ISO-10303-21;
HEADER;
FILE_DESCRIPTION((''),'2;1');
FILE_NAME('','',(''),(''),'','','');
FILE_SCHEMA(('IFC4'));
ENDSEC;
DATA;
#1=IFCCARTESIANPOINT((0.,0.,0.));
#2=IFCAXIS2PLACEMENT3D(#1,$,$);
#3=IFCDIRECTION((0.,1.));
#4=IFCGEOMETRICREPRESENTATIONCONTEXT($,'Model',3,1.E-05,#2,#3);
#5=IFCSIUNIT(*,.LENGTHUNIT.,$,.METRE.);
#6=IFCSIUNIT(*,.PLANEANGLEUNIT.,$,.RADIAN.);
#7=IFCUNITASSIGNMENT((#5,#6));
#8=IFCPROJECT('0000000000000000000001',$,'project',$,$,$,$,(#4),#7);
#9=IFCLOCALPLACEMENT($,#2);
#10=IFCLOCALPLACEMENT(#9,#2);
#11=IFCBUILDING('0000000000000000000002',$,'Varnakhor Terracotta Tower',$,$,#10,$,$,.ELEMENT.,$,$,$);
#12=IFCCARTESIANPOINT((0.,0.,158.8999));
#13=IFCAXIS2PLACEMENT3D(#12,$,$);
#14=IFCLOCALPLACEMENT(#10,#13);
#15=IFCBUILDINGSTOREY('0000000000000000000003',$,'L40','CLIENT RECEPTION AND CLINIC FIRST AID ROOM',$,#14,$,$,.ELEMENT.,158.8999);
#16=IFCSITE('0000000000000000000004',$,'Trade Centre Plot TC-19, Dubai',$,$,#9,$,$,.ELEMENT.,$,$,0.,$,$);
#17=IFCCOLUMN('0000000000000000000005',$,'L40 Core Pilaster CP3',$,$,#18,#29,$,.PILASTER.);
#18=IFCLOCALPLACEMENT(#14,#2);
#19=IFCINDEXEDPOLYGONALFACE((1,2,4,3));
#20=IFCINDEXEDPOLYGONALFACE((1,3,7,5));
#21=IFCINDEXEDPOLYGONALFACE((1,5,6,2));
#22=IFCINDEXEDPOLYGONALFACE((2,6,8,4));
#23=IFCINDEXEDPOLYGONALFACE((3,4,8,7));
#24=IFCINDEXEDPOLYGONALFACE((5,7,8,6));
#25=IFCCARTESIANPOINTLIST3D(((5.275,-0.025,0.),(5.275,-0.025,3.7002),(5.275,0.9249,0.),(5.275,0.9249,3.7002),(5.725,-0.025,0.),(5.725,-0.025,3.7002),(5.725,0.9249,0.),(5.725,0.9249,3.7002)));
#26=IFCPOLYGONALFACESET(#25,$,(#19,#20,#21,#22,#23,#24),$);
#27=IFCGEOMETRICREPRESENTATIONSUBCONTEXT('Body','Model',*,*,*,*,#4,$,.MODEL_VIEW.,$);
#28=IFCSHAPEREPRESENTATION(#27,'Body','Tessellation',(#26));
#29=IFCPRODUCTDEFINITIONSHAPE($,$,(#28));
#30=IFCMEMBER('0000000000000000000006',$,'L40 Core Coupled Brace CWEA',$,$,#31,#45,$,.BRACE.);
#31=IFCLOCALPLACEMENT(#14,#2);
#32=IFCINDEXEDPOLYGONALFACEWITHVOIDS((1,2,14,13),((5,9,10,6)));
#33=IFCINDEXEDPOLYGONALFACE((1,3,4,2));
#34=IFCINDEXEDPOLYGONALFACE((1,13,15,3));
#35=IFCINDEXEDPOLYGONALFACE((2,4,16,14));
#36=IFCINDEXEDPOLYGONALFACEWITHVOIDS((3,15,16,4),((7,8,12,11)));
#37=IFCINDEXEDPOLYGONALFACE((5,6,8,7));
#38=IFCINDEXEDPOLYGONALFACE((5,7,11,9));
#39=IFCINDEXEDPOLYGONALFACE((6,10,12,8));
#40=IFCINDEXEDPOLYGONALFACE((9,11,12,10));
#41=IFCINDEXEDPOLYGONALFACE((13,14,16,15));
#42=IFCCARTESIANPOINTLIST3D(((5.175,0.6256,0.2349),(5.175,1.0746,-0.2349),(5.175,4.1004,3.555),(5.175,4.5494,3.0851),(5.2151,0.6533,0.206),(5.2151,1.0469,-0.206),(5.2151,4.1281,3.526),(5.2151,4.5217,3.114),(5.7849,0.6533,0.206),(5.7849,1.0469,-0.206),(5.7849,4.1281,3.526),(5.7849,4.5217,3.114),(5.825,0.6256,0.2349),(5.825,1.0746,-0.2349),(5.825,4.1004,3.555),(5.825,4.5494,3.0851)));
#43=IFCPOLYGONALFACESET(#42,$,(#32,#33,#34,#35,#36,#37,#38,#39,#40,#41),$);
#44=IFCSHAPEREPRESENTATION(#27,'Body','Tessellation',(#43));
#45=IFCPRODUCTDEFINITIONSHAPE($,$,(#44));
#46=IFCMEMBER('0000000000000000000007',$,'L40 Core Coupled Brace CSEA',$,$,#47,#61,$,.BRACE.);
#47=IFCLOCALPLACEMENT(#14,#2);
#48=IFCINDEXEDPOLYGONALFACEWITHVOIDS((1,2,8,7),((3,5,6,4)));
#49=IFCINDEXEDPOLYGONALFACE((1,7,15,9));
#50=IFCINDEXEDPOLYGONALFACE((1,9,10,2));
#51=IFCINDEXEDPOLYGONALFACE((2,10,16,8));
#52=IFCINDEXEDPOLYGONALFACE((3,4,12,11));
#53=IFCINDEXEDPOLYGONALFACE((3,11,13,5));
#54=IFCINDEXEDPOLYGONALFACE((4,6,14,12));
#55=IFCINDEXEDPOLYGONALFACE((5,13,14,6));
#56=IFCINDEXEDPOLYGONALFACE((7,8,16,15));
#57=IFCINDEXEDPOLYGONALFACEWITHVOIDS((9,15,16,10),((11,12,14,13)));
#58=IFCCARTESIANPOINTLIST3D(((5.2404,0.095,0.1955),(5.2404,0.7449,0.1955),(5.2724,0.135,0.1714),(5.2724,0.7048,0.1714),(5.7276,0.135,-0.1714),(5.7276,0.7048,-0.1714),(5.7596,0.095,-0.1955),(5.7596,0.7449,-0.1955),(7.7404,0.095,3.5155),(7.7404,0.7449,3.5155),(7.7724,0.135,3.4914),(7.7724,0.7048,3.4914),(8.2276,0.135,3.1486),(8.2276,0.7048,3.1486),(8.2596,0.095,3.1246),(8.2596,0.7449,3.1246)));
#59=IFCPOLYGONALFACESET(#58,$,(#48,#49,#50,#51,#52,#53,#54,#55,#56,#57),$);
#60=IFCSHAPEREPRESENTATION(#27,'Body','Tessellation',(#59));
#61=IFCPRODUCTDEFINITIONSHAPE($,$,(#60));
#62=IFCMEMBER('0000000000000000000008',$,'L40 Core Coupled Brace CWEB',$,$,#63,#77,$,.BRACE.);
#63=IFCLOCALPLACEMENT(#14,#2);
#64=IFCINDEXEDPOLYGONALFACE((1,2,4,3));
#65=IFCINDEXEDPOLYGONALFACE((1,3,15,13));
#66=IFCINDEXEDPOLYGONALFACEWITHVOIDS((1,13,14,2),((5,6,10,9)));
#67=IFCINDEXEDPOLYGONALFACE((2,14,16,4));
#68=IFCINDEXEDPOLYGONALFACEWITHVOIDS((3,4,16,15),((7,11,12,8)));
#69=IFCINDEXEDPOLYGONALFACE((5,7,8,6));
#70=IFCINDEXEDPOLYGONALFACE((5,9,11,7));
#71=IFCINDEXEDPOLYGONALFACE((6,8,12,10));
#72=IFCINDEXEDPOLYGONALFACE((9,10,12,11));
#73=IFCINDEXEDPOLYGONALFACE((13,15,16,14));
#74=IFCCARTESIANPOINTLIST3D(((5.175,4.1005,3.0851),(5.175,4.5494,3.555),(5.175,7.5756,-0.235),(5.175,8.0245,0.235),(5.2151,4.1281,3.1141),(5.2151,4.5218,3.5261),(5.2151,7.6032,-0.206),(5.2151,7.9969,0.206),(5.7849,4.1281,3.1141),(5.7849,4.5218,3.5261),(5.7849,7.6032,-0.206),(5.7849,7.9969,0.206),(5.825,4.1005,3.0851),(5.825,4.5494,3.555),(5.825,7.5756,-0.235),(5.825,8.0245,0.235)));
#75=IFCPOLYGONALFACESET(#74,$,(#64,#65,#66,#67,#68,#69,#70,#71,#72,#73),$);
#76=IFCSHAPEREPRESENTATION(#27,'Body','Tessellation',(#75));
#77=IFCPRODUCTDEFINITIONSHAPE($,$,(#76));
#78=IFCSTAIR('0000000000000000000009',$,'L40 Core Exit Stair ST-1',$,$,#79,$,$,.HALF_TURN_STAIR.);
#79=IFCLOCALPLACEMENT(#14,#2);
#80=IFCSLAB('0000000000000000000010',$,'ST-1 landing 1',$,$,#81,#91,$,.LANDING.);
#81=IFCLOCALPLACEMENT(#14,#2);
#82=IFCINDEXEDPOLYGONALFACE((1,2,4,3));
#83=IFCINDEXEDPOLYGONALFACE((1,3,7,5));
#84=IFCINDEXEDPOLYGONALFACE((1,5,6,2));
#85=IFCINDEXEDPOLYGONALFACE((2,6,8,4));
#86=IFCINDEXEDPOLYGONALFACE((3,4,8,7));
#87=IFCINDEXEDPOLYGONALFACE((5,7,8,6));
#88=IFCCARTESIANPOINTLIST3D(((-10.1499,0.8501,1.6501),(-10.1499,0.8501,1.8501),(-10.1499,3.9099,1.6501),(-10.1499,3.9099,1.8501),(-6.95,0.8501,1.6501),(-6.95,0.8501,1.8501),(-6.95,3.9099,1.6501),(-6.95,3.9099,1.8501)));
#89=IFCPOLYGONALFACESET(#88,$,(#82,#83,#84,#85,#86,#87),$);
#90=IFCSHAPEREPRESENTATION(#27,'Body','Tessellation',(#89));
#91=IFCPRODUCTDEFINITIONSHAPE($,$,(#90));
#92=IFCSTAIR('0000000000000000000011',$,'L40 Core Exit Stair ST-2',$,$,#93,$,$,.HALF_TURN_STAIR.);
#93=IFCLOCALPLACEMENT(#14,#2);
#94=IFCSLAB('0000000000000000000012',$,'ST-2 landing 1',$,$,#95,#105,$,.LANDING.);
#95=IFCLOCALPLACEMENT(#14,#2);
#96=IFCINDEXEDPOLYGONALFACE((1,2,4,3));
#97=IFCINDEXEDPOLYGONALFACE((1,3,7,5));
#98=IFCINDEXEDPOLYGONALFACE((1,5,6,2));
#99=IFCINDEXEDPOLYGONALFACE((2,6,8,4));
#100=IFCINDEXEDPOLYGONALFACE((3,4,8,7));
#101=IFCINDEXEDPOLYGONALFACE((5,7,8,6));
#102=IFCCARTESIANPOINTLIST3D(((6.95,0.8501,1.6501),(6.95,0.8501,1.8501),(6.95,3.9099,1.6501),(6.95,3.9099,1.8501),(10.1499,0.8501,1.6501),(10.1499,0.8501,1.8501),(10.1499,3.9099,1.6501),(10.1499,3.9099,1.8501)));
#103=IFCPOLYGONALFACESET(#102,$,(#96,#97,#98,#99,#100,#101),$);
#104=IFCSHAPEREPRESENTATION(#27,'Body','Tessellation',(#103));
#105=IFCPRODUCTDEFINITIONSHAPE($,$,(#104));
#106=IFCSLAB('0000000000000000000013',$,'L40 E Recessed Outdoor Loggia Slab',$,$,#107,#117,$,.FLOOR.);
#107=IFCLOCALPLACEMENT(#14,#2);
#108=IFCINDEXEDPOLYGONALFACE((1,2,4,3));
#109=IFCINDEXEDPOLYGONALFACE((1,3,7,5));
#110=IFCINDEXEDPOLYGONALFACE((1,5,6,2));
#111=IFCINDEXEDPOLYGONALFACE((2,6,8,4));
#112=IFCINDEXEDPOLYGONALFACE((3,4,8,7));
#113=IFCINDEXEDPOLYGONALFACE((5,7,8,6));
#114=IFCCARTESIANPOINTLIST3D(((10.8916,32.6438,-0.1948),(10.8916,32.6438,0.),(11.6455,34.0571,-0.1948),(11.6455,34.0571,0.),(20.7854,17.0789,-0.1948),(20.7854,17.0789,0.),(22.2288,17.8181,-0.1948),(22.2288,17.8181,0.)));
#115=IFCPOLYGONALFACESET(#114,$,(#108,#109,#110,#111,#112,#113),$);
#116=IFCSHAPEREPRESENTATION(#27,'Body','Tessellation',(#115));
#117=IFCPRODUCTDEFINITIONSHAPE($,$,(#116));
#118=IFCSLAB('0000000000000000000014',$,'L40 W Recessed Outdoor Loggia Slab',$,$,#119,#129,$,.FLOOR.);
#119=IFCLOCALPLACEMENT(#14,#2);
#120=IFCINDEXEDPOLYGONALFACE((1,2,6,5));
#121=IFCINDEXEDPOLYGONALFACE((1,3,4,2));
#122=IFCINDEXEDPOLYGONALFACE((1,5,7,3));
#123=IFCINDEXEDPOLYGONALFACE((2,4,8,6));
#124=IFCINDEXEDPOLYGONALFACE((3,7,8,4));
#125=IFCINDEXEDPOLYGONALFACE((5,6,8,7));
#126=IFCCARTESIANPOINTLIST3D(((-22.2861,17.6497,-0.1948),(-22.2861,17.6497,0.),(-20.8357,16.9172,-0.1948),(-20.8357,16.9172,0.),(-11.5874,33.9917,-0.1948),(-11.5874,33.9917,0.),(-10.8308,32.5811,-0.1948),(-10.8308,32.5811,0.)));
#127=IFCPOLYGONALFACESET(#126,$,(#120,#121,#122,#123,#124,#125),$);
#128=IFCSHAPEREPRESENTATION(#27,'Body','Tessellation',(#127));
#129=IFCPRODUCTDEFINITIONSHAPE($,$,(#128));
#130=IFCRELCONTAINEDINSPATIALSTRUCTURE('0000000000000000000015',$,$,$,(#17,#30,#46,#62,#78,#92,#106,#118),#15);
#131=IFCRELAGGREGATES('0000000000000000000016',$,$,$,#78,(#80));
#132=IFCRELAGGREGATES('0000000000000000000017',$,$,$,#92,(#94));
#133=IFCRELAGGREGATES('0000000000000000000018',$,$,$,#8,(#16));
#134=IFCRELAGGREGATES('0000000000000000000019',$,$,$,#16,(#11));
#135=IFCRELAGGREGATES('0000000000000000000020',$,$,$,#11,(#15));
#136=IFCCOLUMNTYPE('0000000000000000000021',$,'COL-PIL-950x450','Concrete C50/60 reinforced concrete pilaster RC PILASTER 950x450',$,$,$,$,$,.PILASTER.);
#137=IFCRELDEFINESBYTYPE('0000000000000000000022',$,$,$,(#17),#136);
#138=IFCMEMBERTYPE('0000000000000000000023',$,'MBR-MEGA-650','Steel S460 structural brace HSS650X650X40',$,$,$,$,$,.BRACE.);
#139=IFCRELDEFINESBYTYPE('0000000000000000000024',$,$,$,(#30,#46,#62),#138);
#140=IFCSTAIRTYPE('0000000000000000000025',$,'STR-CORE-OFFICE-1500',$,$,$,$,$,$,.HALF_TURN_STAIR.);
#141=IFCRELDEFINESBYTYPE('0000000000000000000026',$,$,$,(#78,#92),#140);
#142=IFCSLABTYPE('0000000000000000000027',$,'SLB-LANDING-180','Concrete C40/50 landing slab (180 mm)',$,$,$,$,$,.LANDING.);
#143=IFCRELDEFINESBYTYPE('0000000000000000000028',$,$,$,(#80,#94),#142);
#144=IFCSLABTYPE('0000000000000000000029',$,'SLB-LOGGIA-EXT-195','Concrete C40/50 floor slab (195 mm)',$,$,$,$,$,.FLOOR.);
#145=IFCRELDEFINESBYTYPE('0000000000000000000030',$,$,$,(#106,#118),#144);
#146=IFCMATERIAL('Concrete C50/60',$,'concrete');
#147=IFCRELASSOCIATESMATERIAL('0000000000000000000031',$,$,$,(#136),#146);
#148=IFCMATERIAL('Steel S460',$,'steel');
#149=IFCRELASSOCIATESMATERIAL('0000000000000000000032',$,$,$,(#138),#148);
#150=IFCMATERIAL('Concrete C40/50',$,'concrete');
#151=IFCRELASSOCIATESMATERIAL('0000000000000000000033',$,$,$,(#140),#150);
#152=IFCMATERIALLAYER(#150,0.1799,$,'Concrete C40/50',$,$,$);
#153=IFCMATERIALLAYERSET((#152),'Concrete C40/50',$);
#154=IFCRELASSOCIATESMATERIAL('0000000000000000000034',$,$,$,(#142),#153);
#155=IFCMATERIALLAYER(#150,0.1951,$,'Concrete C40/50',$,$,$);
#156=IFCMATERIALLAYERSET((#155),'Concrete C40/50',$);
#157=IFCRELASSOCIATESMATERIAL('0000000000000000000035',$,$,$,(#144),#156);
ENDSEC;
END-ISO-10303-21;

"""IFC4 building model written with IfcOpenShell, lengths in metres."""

from ifc_helpers import new_model, si_unit, direction, frame, origin, origin_2d, place, context, subcontext, project, spatial, polyline, rectangle, hollow_rectangle, outline, extrude, source, transform, mapped, material, layer, layer_set, material_profile, profile_set, type_object, element, aggregate, save


model = new_model("IFC4")

# Units and contexts
model_context = context("Model", 3, precision=1e-05, world=origin(), true_north=direction((0.0, 1.0)))
body_context = subcontext(model_context, "Body", "Model", "MODEL_VIEW")
ifc_project = project(units=[si_unit("LENGTHUNIT", "METRE"), si_unit("PLANEANGLEUNIT", "RADIAN")], contexts=[model_context])

# Site, building, storey
site_placement = place(None, origin())
site = spatial("IfcSite", under=ifc_project, at=site_placement, Name="Trade Centre Plot TC-19, Dubai", CompositionType="ELEMENT", RefElevation=0.0)
building_placement = place(site_placement, origin())
building = spatial("IfcBuilding", under=site, at=building_placement, Name="Varnakhor Terracotta Tower", CompositionType="ELEMENT")
storey_placement = place(building_placement, frame((0.0, 0.0, 158.8999)))
storey = spatial("IfcBuildingStorey", under=building, at=storey_placement, Name="L40", Description="CLIENT RECEPTION AND CLINIC FIRST AID ROOM", CompositionType="ELEMENT", Elevation=158.8999)

# Column
ifc_material_1 = material(Name="Concrete C50/60", Category="concrete")
ifc_material_profile_1 = material_profile(ifc_material_1, rectangle(XDim=0.45, YDim=0.95, at=origin_2d()), Name="RC PILASTER 950x450")
ifc_profile_set_1 = profile_set([ifc_material_profile_1], Name="Concrete C50/60")
column_type = type_object("IfcColumnType", Name="COL-PIL-950x450", Description="Concrete C50/60 reinforced concrete pilaster RC PILASTER 950x450", PredefinedType="PILASTER", material=ifc_profile_set_1)
shared_shape_1 = source(origin(), body_context, "Body", "SweptSolid", [
    extrude(rectangle(XDim=0.45, YDim=0.95, at=origin_2d()), origin(), (0.0, 0.0, 1.0), 3.7002),
])
column_placement = place(storey_placement, frame((5.5, 0.45, 0.0), z_axis=(0.0, 0.0, 1.0), x_axis=(1.0, 0.0, 0.0)))
element("IfcColumn", 1, at=column_placement, inside=storey, type_object=column_type, Name="L40 Core Pilaster CP3", PredefinedType="PILASTER", context=body_context, shape_type="MappedRepresentation", body=[
    mapped(shared_shape_1, transform((0.0, 0.0, 0.0), scale=1.0)),
])

# Members
ifc_material_2 = material(Name="Steel S460", Category="steel")
ifc_material_profile_2 = material_profile(ifc_material_2, hollow_rectangle(XDim=0.6499, YDim=0.6499, WallThickness=0.04, at=origin_2d()), Name="HSS650X650X40")
ifc_profile_set_2 = profile_set([ifc_material_profile_2], Name="Steel S460")
member_type = type_object("IfcMemberType", Name="MBR-MEGA-650", Description="Steel S460 structural brace HSS650X650X40", PredefinedType="BRACE", material=ifc_profile_set_2)
shared_shape_2 = source(origin(), body_context, "Body", "SweptSolid", [
    extrude(hollow_rectangle(XDim=0.6499, YDim=0.6499, WallThickness=0.04, at=origin_2d()), origin(), (0.0, 0.0, 1.0), 4.8059),
])
member_1_placement = place(storey_placement, frame((5.5, 0.8501, 0.0), z_axis=(0.0, 0.723027, 0.69082), x_axis=(-1.0, 0.0, 0.0)))
element("IfcMember", 2, at=member_1_placement, inside=storey, type_object=member_type, Name="L40 Core Coupled Brace CWEA", PredefinedType="BRACE", context=body_context, shape_type="MappedRepresentation", body=[
    mapped(shared_shape_2, transform((0.0, 0.0, 0.0), scale=1.0)),
])
shared_shape_3 = source(origin(), body_context, "Body", "SweptSolid", [
    extrude(hollow_rectangle(XDim=0.6499, YDim=0.6499, WallThickness=0.04, at=origin_2d()), origin(), (0.0, 0.0, 1.0), 4.156),
])
member_2_placement = place(storey_placement, frame((5.5, 0.4199, 0.0), z_axis=(0.601531, 0.0, 0.79885), x_axis=(0.0, 1.0, 0.0)))
element("IfcMember", 3, at=member_2_placement, inside=storey, type_object=member_type, Name="L40 Core Coupled Brace CSEA", PredefinedType="BRACE", context=body_context, shape_type="MappedRepresentation", body=[
    mapped(shared_shape_3, transform((0.0, 0.0, 0.0), scale=1.0)),
])
shared_shape_4 = source(origin(), body_context, "Body", "SweptSolid", [
    extrude(hollow_rectangle(XDim=0.6499, YDim=0.6499, WallThickness=0.04, at=origin_2d()), origin(), (0.0, 0.0, 1.0), 4.8062),
])
member_3_placement = place(storey_placement, frame((5.5, 7.8, 0.0), z_axis=(0.0, -0.723051, 0.690795), x_axis=(1.0, 0.0, 0.0)))
element("IfcMember", 4, at=member_3_placement, inside=storey, type_object=member_type, Name="L40 Core Coupled Brace CWEB", PredefinedType="BRACE", context=body_context, shape_type="MappedRepresentation", body=[
    mapped(shared_shape_4, transform((0.0, 0.0, 0.0), scale=1.0)),
])

# Stairs, slabs
ifc_material_3 = material(Name="Concrete C40/50", Category="concrete")
stair_type = type_object("IfcStairType", Name="STR-CORE-OFFICE-1500", PredefinedType="HALF_TURN_STAIR", material=ifc_material_3)
stair_1_placement = place(storey_placement, origin())
stair_1 = element("IfcStair", 5, at=stair_1_placement, inside=storey, type_object=stair_type, Name="L40 Core Exit Stair ST-1", PredefinedType="HALF_TURN_STAIR")
ifc_layer_1 = layer(ifc_material_3, 0.1799, Name="Concrete C40/50")
ifc_layer_set_1 = layer_set([ifc_layer_1], Name="Concrete C40/50")
slab_type_1 = type_object("IfcSlabType", Name="SLB-LANDING-180", Description="Concrete C40/50 landing slab (180 mm)", PredefinedType="LANDING", material=ifc_layer_set_1)
slab_1_placement = place(storey_placement, frame((0.0, 0.0, 1.6501)))
slab_1 = element("IfcSlab", 6, at=slab_1_placement, type_object=slab_type_1, Name="ST-1 landing 1", PredefinedType="LANDING", context=body_context, shape_type="SweptSolid", body=[
    extrude(outline(polyline([(-10.1499, 3.9099), (-10.1499, 0.8501), (-6.95, 0.8501), (-6.95, 3.9099), (-10.1499, 3.9099)])), origin(), (0.0, 0.0, 1.0), 0.2),
])
aggregate(stair_1, [slab_1])
stair_2_placement = place(storey_placement, origin())
stair_2 = element("IfcStair", 7, at=stair_2_placement, inside=storey, type_object=stair_type, Name="L40 Core Exit Stair ST-2", PredefinedType="HALF_TURN_STAIR")
slab_2_placement = place(storey_placement, frame((0.0, 0.0, 1.6501)))
slab_2 = element("IfcSlab", 8, at=slab_2_placement, type_object=slab_type_1, Name="ST-2 landing 1", PredefinedType="LANDING", context=body_context, shape_type="SweptSolid", body=[
    extrude(outline(polyline([(6.95, 3.9099), (6.95, 0.8501), (10.1499, 0.8501), (10.1499, 3.9099), (6.95, 3.9099)])), origin(), (0.0, 0.0, 1.0), 0.2),
])

# Slabs
ifc_layer_2 = layer(ifc_material_3, 0.1951, Name="Concrete C40/50")
ifc_layer_set_2 = layer_set([ifc_layer_2], Name="Concrete C40/50")
slab_type_2 = type_object("IfcSlabType", Name="SLB-LOGGIA-EXT-195", Description="Concrete C40/50 floor slab (195 mm)", PredefinedType="FLOOR", material=ifc_layer_set_2)
slab_3_placement = place(storey_placement, frame((0.0, 0.0, -0.1948)))
element("IfcSlab", 9, at=slab_3_placement, inside=storey, type_object=slab_type_2, Name="L40 E Recessed Outdoor Loggia Slab", PredefinedType="FLOOR", context=body_context, shape_type="SweptSolid", body=[
    extrude(outline(polyline([(11.6455, 34.0571), (22.2288, 17.8181), (20.7854, 17.0789), (10.8916, 32.6438), (11.6455, 34.0571)])), origin(), (0.0, 0.0, 1.0), 0.1948),
])
slab_4_placement = place(storey_placement, frame((0.0, 0.0, -0.1948)))
element("IfcSlab", 10, at=slab_4_placement, inside=storey, type_object=slab_type_2, Name="L40 W Recessed Outdoor Loggia Slab", PredefinedType="FLOOR", context=body_context, shape_type="SweptSolid", body=[
    extrude(outline(polyline([(-22.2861, 17.6497), (-11.5874, 33.9917), (-10.8308, 32.5811), (-20.8357, 16.9172), (-22.2861, 17.6497)])), origin(), (0.0, 0.0, 1.0), 0.1948),
])

aggregate(stair_2, [slab_2])

save(model, "model.ifc")
